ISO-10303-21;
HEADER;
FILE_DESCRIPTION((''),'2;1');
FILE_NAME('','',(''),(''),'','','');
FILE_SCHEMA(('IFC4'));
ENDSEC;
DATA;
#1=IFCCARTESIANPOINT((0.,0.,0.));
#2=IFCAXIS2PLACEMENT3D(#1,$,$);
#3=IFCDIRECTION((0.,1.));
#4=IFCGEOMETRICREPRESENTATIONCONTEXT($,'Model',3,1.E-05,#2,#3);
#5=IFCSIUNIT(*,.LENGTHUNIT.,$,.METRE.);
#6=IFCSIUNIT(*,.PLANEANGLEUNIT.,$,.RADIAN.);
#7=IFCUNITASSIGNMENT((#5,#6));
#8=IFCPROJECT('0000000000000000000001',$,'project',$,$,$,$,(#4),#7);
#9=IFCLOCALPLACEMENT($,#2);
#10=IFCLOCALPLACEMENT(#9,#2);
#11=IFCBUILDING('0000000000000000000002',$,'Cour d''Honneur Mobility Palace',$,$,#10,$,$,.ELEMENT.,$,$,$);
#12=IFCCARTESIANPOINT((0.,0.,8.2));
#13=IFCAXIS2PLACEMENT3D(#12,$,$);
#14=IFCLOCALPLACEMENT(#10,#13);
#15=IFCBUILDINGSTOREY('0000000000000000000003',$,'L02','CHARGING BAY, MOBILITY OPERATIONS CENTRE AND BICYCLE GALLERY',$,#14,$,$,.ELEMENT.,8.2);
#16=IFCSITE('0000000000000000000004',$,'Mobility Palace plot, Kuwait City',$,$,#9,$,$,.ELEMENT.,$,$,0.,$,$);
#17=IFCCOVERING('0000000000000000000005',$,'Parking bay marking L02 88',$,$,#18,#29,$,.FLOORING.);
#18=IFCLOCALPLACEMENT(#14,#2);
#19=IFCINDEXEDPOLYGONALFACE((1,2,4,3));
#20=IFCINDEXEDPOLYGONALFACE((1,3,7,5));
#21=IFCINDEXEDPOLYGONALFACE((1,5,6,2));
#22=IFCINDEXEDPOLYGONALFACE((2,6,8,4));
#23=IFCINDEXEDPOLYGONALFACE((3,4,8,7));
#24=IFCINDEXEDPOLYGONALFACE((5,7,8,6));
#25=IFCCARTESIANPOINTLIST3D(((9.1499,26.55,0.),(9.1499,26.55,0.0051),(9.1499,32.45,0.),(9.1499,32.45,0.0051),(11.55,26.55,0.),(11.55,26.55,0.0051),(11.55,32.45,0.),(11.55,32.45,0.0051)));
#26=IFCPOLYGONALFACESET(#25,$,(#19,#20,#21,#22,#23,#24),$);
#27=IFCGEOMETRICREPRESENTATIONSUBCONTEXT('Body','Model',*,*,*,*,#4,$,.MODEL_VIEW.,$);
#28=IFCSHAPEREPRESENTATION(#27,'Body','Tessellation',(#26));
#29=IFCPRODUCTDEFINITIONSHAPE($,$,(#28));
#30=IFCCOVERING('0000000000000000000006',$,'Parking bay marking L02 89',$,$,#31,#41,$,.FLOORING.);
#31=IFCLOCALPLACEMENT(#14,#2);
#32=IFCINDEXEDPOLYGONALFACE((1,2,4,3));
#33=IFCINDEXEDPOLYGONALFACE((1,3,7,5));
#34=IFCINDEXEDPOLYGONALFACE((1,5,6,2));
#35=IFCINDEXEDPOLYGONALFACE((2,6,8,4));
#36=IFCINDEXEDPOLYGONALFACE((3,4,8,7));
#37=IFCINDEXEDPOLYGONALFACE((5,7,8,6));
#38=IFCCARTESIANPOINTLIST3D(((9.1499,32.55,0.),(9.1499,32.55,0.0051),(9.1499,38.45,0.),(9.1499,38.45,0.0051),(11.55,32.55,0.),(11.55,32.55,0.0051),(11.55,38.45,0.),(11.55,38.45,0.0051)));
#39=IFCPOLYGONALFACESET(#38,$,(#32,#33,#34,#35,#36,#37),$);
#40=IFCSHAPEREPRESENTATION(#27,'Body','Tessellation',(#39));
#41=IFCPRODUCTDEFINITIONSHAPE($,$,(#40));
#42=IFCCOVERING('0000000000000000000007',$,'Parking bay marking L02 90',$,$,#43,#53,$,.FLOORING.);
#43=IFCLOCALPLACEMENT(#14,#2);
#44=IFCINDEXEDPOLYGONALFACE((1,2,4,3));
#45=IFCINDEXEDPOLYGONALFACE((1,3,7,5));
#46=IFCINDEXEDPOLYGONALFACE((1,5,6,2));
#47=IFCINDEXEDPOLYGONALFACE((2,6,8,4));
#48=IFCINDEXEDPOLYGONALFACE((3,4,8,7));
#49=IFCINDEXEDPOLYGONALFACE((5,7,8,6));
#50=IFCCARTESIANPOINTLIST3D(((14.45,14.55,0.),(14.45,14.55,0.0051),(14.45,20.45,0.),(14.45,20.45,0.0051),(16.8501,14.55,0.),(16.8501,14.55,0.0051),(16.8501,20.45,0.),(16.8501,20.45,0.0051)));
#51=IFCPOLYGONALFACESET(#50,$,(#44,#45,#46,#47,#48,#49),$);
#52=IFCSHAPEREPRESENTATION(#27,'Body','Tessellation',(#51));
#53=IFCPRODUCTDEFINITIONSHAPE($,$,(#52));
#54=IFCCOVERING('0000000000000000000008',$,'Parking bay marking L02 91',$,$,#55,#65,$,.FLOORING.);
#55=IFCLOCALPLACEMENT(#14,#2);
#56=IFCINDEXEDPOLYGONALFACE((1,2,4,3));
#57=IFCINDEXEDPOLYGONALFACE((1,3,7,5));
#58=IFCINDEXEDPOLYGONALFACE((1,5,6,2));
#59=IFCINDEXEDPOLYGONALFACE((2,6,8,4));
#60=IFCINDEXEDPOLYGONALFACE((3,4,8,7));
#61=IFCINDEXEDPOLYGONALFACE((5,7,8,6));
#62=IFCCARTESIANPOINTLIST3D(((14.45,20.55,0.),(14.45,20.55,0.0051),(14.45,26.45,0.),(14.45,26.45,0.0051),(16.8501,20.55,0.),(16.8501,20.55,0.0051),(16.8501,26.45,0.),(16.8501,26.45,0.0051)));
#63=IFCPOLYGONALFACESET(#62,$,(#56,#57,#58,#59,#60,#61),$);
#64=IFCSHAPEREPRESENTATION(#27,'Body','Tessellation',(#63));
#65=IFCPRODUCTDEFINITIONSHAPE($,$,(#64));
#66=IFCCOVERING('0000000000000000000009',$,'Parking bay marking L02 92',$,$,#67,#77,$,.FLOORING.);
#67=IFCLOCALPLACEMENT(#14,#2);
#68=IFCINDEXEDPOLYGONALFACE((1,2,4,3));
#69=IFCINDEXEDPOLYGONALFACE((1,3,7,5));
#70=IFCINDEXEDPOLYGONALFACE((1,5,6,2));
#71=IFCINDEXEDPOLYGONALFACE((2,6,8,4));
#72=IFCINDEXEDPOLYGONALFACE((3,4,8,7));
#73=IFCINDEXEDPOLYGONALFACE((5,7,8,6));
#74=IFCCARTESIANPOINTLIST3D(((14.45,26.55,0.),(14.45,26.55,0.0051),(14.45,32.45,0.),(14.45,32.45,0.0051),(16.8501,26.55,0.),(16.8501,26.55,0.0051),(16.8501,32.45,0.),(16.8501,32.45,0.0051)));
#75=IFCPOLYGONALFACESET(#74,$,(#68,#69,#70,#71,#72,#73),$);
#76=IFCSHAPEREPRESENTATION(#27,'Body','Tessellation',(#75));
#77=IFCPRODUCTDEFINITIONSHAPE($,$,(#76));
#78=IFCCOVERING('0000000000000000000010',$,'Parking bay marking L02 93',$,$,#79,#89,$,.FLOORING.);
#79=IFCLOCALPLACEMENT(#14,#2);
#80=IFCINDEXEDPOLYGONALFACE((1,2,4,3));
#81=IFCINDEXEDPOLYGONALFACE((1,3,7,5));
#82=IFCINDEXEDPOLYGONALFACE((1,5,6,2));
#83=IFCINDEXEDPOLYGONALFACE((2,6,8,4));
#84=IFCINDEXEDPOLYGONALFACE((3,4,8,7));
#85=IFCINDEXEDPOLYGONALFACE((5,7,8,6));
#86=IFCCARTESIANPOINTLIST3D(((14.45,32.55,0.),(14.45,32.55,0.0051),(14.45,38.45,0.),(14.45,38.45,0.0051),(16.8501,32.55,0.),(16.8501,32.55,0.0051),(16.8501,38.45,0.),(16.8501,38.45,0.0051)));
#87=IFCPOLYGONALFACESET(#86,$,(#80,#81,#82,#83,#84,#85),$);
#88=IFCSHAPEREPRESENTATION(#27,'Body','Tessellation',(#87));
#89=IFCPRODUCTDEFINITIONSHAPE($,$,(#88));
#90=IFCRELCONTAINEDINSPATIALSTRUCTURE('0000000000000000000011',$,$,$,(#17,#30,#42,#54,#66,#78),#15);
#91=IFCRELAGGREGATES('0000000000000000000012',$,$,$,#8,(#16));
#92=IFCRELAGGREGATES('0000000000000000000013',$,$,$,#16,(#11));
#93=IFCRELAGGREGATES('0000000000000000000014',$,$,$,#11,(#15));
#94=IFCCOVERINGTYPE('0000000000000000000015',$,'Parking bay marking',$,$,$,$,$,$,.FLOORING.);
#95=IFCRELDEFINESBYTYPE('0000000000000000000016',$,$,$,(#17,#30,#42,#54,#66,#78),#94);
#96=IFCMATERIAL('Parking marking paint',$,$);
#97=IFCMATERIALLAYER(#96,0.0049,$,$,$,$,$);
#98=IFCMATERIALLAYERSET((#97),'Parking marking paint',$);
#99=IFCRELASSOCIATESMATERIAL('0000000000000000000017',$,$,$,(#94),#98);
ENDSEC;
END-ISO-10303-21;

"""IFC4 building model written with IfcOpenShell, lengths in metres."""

from ifc_helpers import new_model, si_unit, direction, frame, origin, place, context, subcontext, project, spatial, polyline, outline, extrude, material, layer, layer_set, type_object, element, save


model = new_model("IFC4")

# Units and contexts
model_context = context("Model", 3, precision=1e-05, world=origin(), true_north=direction((0.0, 1.0)))
body_context = subcontext(model_context, "Body", "Model", "MODEL_VIEW")
ifc_project = project(units=[si_unit("LENGTHUNIT", "METRE"), si_unit("PLANEANGLEUNIT", "RADIAN")], contexts=[model_context])

# Site, building, storey
site_placement = place(None, origin())
site = spatial("IfcSite", under=ifc_project, at=site_placement, Name="Mobility Palace plot, Kuwait City", CompositionType="ELEMENT", RefElevation=0.0)
building_placement = place(site_placement, origin())
building = spatial("IfcBuilding", under=site, at=building_placement, Name="Cour d'Honneur Mobility Palace", CompositionType="ELEMENT")
storey_placement = place(building_placement, frame((0.0, 0.0, 8.2)))
storey = spatial("IfcBuildingStorey", under=building, at=storey_placement, Name="L02", Description="CHARGING BAY, MOBILITY OPERATIONS CENTRE AND BICYCLE GALLERY", CompositionType="ELEMENT", Elevation=8.2)

# Coverings
ifc_material_1 = material(Name="Parking marking paint")
ifc_layer_1 = layer(ifc_material_1, 0.0049)
ifc_layer_set_1 = layer_set([ifc_layer_1], Name="Parking marking paint")
covering_type = type_object("IfcCoveringType", Name="Parking bay marking", PredefinedType="FLOORING", material=ifc_layer_set_1)
covering_1_placement = place(storey_placement, origin())
element("IfcCovering", 1, at=covering_1_placement, inside=storey, type_object=covering_type, Name="Parking bay marking L02 88", PredefinedType="FLOORING", context=body_context, shape_type="SweptSolid", body=[
    extrude(outline(polyline([(11.55, 26.55), (9.1499, 26.55), (9.1499, 32.45), (11.55, 32.45), (11.55, 26.55)])), origin(), (0.0, 0.0, 1.0), 0.0051),
])
covering_2_placement = place(storey_placement, origin())
element("IfcCovering", 2, at=covering_2_placement, inside=storey, type_object=covering_type, Name="Parking bay marking L02 89", PredefinedType="FLOORING", context=body_context, shape_type="SweptSolid", body=[
    extrude(outline(polyline([(11.55, 32.55), (9.1499, 32.55), (9.1499, 38.45), (11.55, 38.45), (11.55, 32.55)])), origin(), (0.0, 0.0, 1.0), 0.0051),
])
covering_3_placement = place(storey_placement, origin())
element("IfcCovering", 3, at=covering_3_placement, inside=storey, type_object=covering_type, Name="Parking bay marking L02 90", PredefinedType="FLOORING", context=body_context, shape_type="SweptSolid", body=[
    extrude(outline(polyline([(16.8501, 14.55), (14.45, 14.55), (14.45, 20.45), (16.8501, 20.45), (16.8501, 14.55)])), origin(), (0.0, 0.0, 1.0), 0.0051),
])
covering_4_placement = place(storey_placement, origin())
element("IfcCovering", 4, at=covering_4_placement, inside=storey, type_object=covering_type, Name="Parking bay marking L02 91", PredefinedType="FLOORING", context=body_context, shape_type="SweptSolid", body=[
    extrude(outline(polyline([(16.8501, 20.55), (14.45, 20.55), (14.45, 26.45), (16.8501, 26.45), (16.8501, 20.55)])), origin(), (0.0, 0.0, 1.0), 0.0051),
])
covering_5_placement = place(storey_placement, origin())
element("IfcCovering", 5, at=covering_5_placement, inside=storey, type_object=covering_type, Name="Parking bay marking L02 92", PredefinedType="FLOORING", context=body_context, shape_type="SweptSolid", body=[
    extrude(outline(polyline([(16.8501, 26.55), (14.45, 26.55), (14.45, 32.45), (16.8501, 32.45), (16.8501, 26.55)])), origin(), (0.0, 0.0, 1.0), 0.0051),
])
covering_6_placement = place(storey_placement, origin())
element("IfcCovering", 6, at=covering_6_placement, inside=storey, type_object=covering_type, Name="Parking bay marking L02 93", PredefinedType="FLOORING", context=body_context, shape_type="SweptSolid", body=[
    extrude(outline(polyline([(16.8501, 32.55), (14.45, 32.55), (14.45, 38.45), (16.8501, 38.45), (16.8501, 32.55)])), origin(), (0.0, 0.0, 1.0), 0.0051),
])

save(model, "model.ifc")
